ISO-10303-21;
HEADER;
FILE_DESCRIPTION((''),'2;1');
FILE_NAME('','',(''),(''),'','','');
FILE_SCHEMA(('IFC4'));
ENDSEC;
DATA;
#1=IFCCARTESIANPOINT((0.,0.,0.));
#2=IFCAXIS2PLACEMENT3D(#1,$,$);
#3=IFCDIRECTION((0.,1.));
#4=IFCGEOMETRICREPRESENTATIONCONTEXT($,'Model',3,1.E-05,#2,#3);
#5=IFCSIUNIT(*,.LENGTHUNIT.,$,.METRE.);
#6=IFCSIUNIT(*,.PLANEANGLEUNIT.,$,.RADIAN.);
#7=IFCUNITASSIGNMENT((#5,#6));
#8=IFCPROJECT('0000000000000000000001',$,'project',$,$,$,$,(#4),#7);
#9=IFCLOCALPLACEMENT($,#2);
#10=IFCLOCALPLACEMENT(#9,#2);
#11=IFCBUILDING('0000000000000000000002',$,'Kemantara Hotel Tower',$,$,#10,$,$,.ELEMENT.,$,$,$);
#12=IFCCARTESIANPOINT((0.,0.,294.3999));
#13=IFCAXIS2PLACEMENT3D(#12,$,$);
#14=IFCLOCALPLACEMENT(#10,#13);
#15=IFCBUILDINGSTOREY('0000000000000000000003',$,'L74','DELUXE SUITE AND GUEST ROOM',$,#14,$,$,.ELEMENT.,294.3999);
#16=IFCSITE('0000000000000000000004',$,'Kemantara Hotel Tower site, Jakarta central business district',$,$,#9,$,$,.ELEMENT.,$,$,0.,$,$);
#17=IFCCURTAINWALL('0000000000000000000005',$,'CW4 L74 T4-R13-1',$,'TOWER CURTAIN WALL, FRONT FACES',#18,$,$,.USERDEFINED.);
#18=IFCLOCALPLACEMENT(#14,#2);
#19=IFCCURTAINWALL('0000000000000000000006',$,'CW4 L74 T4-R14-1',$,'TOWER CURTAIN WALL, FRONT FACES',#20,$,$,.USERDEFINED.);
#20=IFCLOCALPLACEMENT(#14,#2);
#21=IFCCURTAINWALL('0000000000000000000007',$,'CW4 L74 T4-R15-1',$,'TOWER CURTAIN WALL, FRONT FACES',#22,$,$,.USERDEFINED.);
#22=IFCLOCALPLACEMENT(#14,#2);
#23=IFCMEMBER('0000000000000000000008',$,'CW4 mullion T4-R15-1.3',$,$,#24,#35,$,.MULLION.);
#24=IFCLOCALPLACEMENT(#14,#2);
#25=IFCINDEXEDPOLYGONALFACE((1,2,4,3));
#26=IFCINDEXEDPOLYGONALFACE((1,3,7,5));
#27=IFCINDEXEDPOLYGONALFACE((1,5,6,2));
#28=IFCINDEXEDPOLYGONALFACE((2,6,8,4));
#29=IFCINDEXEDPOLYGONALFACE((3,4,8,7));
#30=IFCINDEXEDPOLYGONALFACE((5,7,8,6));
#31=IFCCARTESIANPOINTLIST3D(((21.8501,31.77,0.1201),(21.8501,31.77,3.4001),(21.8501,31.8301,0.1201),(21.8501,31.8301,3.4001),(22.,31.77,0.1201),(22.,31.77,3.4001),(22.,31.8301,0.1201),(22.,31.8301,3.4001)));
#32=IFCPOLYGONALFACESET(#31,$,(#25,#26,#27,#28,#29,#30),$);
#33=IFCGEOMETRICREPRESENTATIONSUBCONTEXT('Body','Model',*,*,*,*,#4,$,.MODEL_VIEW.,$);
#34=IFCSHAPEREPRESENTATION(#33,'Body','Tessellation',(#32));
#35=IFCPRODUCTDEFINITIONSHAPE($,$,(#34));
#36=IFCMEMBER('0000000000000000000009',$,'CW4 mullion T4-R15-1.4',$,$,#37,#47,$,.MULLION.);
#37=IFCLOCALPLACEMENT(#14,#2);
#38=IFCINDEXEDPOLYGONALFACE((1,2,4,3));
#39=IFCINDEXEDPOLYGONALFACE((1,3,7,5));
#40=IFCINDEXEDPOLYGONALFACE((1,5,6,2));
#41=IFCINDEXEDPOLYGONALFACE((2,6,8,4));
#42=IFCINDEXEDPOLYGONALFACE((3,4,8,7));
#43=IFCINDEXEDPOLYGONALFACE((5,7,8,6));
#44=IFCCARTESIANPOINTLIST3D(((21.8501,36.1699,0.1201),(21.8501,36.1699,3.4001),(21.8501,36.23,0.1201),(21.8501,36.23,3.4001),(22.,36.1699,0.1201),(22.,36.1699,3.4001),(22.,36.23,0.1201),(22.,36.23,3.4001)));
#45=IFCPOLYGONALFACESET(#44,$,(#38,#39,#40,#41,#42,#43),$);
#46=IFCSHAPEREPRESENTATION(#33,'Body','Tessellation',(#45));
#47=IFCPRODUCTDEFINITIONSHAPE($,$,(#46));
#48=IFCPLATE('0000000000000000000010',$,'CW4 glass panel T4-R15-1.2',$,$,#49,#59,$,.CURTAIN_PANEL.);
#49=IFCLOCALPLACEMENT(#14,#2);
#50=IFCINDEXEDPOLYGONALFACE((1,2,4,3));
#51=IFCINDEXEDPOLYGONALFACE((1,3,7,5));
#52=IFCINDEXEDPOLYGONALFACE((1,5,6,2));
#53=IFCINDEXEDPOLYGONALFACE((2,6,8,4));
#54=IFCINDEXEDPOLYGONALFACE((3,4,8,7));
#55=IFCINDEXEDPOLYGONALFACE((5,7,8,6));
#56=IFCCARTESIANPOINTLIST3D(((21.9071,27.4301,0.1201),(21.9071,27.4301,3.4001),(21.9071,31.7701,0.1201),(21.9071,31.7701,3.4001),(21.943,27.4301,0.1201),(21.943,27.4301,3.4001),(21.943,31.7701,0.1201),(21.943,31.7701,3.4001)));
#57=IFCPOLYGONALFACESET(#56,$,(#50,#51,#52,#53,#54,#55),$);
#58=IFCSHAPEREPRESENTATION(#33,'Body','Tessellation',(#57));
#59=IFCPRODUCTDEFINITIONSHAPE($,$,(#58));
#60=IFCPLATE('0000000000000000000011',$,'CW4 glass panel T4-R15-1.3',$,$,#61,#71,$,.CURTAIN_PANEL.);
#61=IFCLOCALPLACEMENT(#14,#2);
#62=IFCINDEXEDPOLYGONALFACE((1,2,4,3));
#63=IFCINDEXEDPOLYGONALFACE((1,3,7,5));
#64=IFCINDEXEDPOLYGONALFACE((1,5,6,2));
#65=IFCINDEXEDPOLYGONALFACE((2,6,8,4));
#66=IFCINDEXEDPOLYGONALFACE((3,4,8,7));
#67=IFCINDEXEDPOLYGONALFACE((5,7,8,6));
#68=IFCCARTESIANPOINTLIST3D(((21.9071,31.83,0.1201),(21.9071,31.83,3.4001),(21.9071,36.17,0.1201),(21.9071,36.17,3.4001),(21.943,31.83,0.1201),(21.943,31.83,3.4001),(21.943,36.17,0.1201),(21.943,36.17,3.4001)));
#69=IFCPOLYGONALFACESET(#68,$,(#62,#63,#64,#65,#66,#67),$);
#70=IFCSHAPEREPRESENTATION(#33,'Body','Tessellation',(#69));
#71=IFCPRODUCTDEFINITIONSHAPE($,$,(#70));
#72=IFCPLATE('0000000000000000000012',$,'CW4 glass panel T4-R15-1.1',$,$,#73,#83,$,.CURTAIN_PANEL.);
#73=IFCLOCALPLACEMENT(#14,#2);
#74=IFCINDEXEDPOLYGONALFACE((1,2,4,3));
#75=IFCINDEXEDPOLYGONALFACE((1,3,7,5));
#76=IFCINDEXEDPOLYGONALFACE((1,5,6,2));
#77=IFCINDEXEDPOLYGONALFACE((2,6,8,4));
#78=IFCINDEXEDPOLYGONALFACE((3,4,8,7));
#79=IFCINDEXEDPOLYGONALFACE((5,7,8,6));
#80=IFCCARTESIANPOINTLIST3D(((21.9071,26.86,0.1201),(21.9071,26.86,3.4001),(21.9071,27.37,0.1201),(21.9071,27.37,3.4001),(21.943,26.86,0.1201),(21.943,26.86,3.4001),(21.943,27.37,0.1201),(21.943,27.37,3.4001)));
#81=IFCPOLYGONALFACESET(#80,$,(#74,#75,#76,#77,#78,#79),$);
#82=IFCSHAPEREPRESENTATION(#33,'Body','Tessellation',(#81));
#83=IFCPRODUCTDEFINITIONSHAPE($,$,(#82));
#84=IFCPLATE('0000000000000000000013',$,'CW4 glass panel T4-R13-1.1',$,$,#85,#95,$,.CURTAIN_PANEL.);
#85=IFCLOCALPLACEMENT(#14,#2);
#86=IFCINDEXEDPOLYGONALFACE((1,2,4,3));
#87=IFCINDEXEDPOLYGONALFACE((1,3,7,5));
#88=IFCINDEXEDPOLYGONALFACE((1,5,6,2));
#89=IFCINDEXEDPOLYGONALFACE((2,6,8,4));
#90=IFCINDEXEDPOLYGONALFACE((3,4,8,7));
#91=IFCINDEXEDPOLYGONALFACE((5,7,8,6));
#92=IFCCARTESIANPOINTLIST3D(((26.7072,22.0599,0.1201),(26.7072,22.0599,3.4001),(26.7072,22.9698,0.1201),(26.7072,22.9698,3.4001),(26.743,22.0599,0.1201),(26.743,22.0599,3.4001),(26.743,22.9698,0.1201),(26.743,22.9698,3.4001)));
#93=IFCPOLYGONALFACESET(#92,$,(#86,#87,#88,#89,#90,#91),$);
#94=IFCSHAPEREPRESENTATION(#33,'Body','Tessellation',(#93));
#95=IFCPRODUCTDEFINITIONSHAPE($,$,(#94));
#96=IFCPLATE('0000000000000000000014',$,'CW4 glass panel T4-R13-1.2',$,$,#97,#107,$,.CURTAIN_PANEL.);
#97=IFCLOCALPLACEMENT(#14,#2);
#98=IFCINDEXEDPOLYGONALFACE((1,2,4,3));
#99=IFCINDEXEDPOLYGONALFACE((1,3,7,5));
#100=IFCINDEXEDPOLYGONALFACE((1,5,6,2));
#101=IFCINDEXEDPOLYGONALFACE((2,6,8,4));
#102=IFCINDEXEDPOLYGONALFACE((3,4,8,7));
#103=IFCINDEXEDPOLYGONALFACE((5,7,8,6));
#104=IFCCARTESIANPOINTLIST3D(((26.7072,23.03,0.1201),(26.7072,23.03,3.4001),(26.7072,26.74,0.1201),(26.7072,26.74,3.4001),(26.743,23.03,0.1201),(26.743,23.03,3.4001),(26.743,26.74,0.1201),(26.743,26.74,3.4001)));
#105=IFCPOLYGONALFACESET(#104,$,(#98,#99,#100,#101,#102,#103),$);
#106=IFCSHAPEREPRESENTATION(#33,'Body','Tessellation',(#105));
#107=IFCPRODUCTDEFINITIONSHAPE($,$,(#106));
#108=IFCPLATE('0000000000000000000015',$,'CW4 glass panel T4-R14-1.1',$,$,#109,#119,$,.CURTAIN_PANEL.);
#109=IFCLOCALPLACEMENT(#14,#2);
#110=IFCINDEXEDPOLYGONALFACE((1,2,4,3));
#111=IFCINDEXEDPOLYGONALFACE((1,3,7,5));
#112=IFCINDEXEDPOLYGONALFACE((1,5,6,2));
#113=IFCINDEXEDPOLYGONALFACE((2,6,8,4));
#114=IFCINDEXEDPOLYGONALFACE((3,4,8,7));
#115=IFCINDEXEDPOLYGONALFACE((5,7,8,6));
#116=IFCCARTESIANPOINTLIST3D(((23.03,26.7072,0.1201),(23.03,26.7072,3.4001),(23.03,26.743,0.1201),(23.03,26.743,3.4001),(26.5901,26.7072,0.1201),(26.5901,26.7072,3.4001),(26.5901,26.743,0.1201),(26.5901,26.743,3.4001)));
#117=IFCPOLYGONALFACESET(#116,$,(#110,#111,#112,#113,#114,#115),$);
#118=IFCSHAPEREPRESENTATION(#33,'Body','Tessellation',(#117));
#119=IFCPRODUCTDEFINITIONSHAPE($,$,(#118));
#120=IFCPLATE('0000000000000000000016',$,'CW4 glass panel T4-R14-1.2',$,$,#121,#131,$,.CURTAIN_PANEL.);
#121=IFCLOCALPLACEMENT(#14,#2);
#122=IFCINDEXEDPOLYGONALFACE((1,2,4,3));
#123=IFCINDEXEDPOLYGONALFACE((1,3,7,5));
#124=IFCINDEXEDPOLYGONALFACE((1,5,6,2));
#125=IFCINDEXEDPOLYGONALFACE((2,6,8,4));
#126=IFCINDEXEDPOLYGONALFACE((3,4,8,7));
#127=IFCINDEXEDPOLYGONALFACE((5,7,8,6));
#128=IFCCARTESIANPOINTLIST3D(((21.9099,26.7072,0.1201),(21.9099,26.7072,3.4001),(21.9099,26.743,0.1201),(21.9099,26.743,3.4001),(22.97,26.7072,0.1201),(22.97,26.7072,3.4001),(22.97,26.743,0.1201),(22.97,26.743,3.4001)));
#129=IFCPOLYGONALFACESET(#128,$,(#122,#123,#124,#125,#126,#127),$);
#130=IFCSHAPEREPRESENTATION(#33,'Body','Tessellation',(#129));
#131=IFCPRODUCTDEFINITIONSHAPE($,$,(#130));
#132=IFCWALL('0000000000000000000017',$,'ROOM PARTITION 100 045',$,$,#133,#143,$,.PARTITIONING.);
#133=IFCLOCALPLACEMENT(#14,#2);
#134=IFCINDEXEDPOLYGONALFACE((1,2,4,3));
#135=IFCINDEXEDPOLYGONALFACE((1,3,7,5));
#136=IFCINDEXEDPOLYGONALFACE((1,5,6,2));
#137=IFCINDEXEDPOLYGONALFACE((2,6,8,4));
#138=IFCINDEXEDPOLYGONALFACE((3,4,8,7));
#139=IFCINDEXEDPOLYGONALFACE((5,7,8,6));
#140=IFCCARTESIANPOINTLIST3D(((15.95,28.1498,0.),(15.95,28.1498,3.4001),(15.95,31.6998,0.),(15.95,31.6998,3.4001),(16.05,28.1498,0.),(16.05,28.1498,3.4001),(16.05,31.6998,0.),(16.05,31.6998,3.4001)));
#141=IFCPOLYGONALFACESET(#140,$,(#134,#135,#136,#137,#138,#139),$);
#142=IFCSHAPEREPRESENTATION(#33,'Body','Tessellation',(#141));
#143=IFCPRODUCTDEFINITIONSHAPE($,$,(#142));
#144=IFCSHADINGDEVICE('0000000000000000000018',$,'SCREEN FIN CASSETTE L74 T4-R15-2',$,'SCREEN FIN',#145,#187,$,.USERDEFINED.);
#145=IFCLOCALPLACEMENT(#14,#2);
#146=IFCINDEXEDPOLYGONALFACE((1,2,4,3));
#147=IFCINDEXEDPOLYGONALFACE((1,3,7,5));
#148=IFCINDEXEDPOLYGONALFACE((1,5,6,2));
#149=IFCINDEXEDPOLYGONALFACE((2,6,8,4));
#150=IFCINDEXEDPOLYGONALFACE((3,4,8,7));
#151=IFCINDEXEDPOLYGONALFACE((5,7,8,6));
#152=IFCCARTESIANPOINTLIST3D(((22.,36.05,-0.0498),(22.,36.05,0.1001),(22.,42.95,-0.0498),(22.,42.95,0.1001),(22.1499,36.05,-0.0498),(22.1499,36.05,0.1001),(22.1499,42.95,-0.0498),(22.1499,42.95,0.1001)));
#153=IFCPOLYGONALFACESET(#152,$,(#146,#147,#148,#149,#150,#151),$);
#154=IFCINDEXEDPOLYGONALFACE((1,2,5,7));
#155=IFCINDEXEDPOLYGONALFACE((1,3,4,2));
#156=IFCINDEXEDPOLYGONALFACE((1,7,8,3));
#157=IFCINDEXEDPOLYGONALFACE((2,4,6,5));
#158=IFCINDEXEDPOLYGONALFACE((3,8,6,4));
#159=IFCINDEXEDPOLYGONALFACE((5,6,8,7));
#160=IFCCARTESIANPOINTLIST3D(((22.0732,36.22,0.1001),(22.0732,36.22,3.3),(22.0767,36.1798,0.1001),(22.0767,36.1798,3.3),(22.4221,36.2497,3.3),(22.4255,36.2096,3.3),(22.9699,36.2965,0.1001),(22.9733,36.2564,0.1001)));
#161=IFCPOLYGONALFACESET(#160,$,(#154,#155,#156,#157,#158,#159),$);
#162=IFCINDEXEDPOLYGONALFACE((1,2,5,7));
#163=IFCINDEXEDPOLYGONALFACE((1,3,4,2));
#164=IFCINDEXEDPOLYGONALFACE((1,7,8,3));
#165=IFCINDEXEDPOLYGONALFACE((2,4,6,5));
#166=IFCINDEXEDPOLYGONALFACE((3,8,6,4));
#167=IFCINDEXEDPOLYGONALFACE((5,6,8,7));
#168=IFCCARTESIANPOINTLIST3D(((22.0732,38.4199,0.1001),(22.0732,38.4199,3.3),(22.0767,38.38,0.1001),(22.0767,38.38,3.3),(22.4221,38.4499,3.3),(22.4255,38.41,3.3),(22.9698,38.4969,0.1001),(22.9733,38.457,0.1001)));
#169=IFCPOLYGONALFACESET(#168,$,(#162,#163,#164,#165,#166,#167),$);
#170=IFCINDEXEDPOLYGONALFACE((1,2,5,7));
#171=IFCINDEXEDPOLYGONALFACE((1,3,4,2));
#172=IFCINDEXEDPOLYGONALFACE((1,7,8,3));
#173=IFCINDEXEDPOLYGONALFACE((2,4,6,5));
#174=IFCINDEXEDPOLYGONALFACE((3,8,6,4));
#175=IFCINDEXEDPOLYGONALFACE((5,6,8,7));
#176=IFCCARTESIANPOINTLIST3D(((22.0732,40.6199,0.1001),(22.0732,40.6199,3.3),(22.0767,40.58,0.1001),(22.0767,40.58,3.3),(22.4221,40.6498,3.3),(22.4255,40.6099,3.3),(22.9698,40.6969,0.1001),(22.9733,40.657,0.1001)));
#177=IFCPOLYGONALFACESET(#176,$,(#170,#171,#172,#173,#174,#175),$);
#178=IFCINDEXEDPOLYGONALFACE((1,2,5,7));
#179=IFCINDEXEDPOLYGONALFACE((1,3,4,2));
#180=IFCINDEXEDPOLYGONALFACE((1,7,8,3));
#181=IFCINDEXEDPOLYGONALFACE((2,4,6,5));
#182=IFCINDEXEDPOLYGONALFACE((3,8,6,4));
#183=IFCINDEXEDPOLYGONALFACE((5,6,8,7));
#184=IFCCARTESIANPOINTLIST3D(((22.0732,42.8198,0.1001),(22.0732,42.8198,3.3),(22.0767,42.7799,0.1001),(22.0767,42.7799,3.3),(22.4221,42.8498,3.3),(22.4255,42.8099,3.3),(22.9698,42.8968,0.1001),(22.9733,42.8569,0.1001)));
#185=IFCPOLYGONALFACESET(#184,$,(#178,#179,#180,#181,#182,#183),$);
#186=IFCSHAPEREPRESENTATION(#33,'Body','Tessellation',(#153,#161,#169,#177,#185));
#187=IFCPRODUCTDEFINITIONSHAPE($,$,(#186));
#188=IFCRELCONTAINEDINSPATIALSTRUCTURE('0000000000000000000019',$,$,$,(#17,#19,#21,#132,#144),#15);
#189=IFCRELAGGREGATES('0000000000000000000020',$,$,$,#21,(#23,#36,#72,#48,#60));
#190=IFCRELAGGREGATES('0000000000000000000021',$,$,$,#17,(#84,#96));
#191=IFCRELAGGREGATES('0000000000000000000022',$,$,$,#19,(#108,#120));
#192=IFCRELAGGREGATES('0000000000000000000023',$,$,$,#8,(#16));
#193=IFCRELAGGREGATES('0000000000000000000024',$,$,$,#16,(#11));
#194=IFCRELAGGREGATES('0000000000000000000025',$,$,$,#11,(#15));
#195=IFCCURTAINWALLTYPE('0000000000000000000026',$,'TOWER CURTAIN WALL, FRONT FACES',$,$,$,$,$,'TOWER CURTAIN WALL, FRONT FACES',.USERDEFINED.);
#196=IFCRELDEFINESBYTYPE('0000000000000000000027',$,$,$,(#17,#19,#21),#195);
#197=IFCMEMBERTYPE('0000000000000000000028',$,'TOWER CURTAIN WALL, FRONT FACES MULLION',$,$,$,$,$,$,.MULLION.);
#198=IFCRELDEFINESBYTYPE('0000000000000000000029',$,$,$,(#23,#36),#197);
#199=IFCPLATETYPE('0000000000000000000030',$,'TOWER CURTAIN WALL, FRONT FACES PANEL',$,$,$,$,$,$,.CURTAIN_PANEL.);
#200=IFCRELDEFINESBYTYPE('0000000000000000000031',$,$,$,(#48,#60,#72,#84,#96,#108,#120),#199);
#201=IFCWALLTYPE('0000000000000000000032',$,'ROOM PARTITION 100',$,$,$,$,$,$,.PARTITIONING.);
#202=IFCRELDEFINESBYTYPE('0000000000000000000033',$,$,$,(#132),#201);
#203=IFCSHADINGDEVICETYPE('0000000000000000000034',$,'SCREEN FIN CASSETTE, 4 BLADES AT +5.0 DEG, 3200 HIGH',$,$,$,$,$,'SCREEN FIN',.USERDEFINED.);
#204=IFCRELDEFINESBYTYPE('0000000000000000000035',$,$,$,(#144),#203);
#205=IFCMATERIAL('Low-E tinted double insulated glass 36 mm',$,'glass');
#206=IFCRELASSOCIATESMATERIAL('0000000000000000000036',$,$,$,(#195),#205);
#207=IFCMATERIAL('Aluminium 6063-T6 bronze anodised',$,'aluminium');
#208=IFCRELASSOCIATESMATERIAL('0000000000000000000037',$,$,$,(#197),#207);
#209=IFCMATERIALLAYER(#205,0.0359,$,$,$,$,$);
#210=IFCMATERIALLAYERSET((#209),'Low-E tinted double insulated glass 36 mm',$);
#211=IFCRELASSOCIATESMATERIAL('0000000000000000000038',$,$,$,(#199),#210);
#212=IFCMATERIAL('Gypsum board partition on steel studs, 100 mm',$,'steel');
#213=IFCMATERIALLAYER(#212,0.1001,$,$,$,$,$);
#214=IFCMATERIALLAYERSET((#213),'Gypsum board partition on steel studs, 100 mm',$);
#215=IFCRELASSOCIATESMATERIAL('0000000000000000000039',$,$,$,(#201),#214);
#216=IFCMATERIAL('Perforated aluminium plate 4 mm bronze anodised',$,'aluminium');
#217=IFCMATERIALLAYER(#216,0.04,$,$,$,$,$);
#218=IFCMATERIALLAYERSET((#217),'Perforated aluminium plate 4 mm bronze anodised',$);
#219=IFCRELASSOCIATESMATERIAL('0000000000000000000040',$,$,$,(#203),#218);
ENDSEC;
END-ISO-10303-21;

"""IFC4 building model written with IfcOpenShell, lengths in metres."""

from ifc_helpers import new_model, si_unit, direction, frame, frame_2d, origin, origin_2d, place, context, subcontext, project, spatial, polyline, rectangle, outline, extrude, source, transform, mapped, material, layer, layer_set, material_profile, profile_set, type_object, element, aggregate, save


model = new_model("IFC4")

# Units and contexts
model_context = context("Model", 3, precision=1e-05, world=origin(), true_north=direction((0.0, 1.0)))
body_context = subcontext(model_context, "Body", "Model", "MODEL_VIEW")
ifc_project = project(units=[si_unit("LENGTHUNIT", "METRE"), si_unit("PLANEANGLEUNIT", "RADIAN")], contexts=[model_context])

# Site, building, storey
site_placement = place(None, origin())
site = spatial("IfcSite", under=ifc_project, at=site_placement, Name="Kemantara Hotel Tower site, Jakarta central business district", CompositionType="ELEMENT", RefElevation=0.0)
building_placement = place(site_placement, origin())
building = spatial("IfcBuilding", under=site, at=building_placement, Name="Kemantara Hotel Tower", CompositionType="ELEMENT")
storey_placement = place(building_placement, frame((0.0, 0.0, 294.3999)))
storey = spatial("IfcBuildingStorey", under=building, at=storey_placement, Name="L74", Description="DELUXE SUITE AND GUEST ROOM", CompositionType="ELEMENT", Elevation=294.3999)

# Curtain walls
ifc_material_1 = material(Name="Low-E tinted double insulated glass 36 mm", Category="glass")
curtain_wall_type = type_object("IfcCurtainWallType", Name="TOWER CURTAIN WALL, FRONT FACES", ElementType="TOWER CURTAIN WALL, FRONT FACES", PredefinedType="USERDEFINED", material=ifc_material_1)
curtain_wall_1_placement = place(storey_placement, origin())
curtain_wall_1 = element("IfcCurtainWall", 1, at=curtain_wall_1_placement, inside=storey, type_object=curtain_wall_type, Name="CW4 L74 T4-R13-1", ObjectType="TOWER CURTAIN WALL, FRONT FACES", PredefinedType="USERDEFINED")
ifc_material_2 = material(Name="Aluminium 6063-T6 bronze anodised", Category="aluminium")
curtain_wall_2_placement = place(storey_placement, origin())
curtain_wall_2 = element("IfcCurtainWall", 2, at=curtain_wall_2_placement, inside=storey, type_object=curtain_wall_type, Name="CW4 L74 T4-R14-1", ObjectType="TOWER CURTAIN WALL, FRONT FACES", PredefinedType="USERDEFINED")
curtain_wall_3_placement = place(storey_placement, origin())
curtain_wall_3 = element("IfcCurtainWall", 3, at=curtain_wall_3_placement, inside=storey, type_object=curtain_wall_type, Name="CW4 L74 T4-R15-1", ObjectType="TOWER CURTAIN WALL, FRONT FACES", PredefinedType="USERDEFINED")

# Members
ifc_material_profile_1 = material_profile(ifc_material_2, rectangle(XDim=0.1499, YDim=0.0601, at=origin_2d()), Name="TOWER CURTAIN WALL, FRONT FACES MULLION")
ifc_profile_set_1 = profile_set([ifc_material_profile_1], Name="Aluminium 6063-T6 bronze anodised")
member_type_1 = type_object("IfcMemberType", Name="TOWER CURTAIN WALL, FRONT FACES MULLION", PredefinedType="MULLION", material=ifc_profile_set_1)
shared_shape_1 = source(origin(), body_context, "Body", "SweptSolid", [
    extrude(rectangle(XDim=0.1499, YDim=0.0601, at=origin_2d()), origin(), (0.0, 0.0, 1.0), 3.28),
])
member_1_placement = place(storey_placement, frame((21.925, 31.8, 0.1201), z_axis=(0.0, 0.0, 1.0), x_axis=(-1.0, 0.0, 0.0)))
member_1 = element("IfcMember", 4, at=member_1_placement, type_object=member_type_1, Name="CW4 mullion T4-R15-1.3", PredefinedType="MULLION", context=body_context, shape_type="MappedRepresentation", body=[
    mapped(shared_shape_1, transform((0.0, 0.0, 0.0))),
])
member_2_placement = place(storey_placement, frame((21.925, 36.2, 0.1201), z_axis=(0.0, 0.0, 1.0), x_axis=(-1.0, 0.0, 0.0)))
member_2 = element("IfcMember", 5, at=member_2_placement, type_object=member_type_1, Name="CW4 mullion T4-R15-1.4", PredefinedType="MULLION", context=body_context, shape_type="MappedRepresentation", body=[
    mapped(shared_shape_1, transform((0.0, 0.0, 0.0))),
])

# Plates
ifc_layer_1 = layer(ifc_material_1, 0.0359)
ifc_layer_set_1 = layer_set([ifc_layer_1], Name="Low-E tinted double insulated glass 36 mm")
plate_type = type_object("IfcPlateType", Name="TOWER CURTAIN WALL, FRONT FACES PANEL", PredefinedType="CURTAIN_PANEL", material=ifc_layer_set_1)
shared_shape_2 = source(origin(), body_context, "Body", "SweptSolid", [
    extrude(rectangle(XDim=4.3401, YDim=0.0359, at=origin_2d()), origin(), (0.0, 0.0, 1.0), 3.28),
])
plate_1_placement = place(storey_placement, frame((21.925, 29.6001, 0.1201), z_axis=(0.0, 0.0, 1.0), x_axis=(0.0, 1.0, 0.0)))
plate_1 = element("IfcPlate", 6, at=plate_1_placement, type_object=plate_type, Name="CW4 glass panel T4-R15-1.2", PredefinedType="CURTAIN_PANEL", context=body_context, shape_type="MappedRepresentation", body=[
    mapped(shared_shape_2, transform((0.0, 0.0, 0.0))),
])
plate_2_placement = place(storey_placement, frame((21.925, 34.0, 0.1201), z_axis=(0.0, 0.0, 1.0), x_axis=(0.0, 1.0, 0.0)))
plate_2 = element("IfcPlate", 7, at=plate_2_placement, type_object=plate_type, Name="CW4 glass panel T4-R15-1.3", PredefinedType="CURTAIN_PANEL", context=body_context, shape_type="MappedRepresentation", body=[
    mapped(shared_shape_2, transform((0.0, 0.0, 0.0))),
])
shared_shape_3 = source(origin(), body_context, "Body", "SweptSolid", [
    extrude(rectangle(XDim=0.51, YDim=0.0359, at=origin_2d()), origin(), (0.0, 0.0, 1.0), 3.28),
])
plate_3_placement = place(storey_placement, frame((21.925, 27.115, 0.1201), z_axis=(0.0, 0.0, 1.0), x_axis=(0.0, 1.0, 0.0)))
plate_3 = element("IfcPlate", 8, at=plate_3_placement, type_object=plate_type, Name="CW4 glass panel T4-R15-1.1", PredefinedType="CURTAIN_PANEL", context=body_context, shape_type="MappedRepresentation", body=[
    mapped(shared_shape_3, transform((0.0, 0.0, 0.0))),
])
aggregate(curtain_wall_3, [member_1, member_2, plate_3, plate_1, plate_2])
shared_shape_4 = source(origin(), body_context, "Body", "SweptSolid", [
    extrude(rectangle(XDim=0.9099, YDim=0.0359, at=origin_2d()), origin(), (0.0, 0.0, 1.0), 3.28),
])
plate_4_placement = place(storey_placement, frame((26.7251, 22.5149, 0.1201), z_axis=(0.0, 0.0, 1.0), x_axis=(0.0, 1.0, 0.0)))
plate_4 = element("IfcPlate", 9, at=plate_4_placement, type_object=plate_type, Name="CW4 glass panel T4-R13-1.1", PredefinedType="CURTAIN_PANEL", context=body_context, shape_type="MappedRepresentation", body=[
    mapped(shared_shape_4, transform((0.0, 0.0, 0.0))),
])
shared_shape_5 = source(origin(), body_context, "Body", "SweptSolid", [
    extrude(rectangle(XDim=3.71, YDim=0.0359, at=origin_2d()), origin(), (0.0, 0.0, 1.0), 3.28),
])
plate_5_placement = place(storey_placement, frame((26.7251, 24.885, 0.1201), z_axis=(0.0, 0.0, 1.0), x_axis=(0.0, 1.0, 0.0)))
plate_5 = element("IfcPlate", 10, at=plate_5_placement, type_object=plate_type, Name="CW4 glass panel T4-R13-1.2", PredefinedType="CURTAIN_PANEL", context=body_context, shape_type="MappedRepresentation", body=[
    mapped(shared_shape_5, transform((0.0, 0.0, 0.0))),
])
aggregate(curtain_wall_1, [plate_4, plate_5])
shared_shape_6 = source(origin(), body_context, "Body", "SweptSolid", [
    extrude(rectangle(XDim=3.5601, YDim=0.0359, at=origin_2d()), origin(), (0.0, 0.0, 1.0), 3.28),
])
plate_6_placement = place(storey_placement, frame((24.8101, 26.7251, 0.1201), z_axis=(0.0, 0.0, 1.0), x_axis=(-1.0, 0.0, 0.0)))
plate_6 = element("IfcPlate", 11, at=plate_6_placement, type_object=plate_type, Name="CW4 glass panel T4-R14-1.1", PredefinedType="CURTAIN_PANEL", context=body_context, shape_type="MappedRepresentation", body=[
    mapped(shared_shape_6, transform((0.0, 0.0, 0.0))),
])
shared_shape_7 = source(origin(), body_context, "Body", "SweptSolid", [
    extrude(rectangle(XDim=1.0601, YDim=0.0359, at=origin_2d()), origin(), (0.0, 0.0, 1.0), 3.28),
])
plate_7_placement = place(storey_placement, frame((22.4399, 26.7251, 0.1201), z_axis=(0.0, 0.0, 1.0), x_axis=(-1.0, 0.0, 0.0)))
plate_7 = element("IfcPlate", 12, at=plate_7_placement, type_object=plate_type, Name="CW4 glass panel T4-R14-1.2", PredefinedType="CURTAIN_PANEL", context=body_context, shape_type="MappedRepresentation", body=[
    mapped(shared_shape_7, transform((0.0, 0.0, 0.0))),
])
aggregate(curtain_wall_2, [plate_6, plate_7])

# Wall
ifc_material_3 = material(Name="Gypsum board partition on steel studs, 100 mm", Category="steel")
ifc_layer_2 = layer(ifc_material_3, 0.1001)
ifc_layer_set_2 = layer_set([ifc_layer_2], Name="Gypsum board partition on steel studs, 100 mm")
wall_type = type_object("IfcWallType", Name="ROOM PARTITION 100", PredefinedType="PARTITIONING", material=ifc_layer_set_2)
wall_placement = place(storey_placement, frame((16.0, 28.1499, 0.0), z_axis=(0.0, 0.0, 1.0), x_axis=(0.0, 1.0, 0.0)))
element("IfcWall", 13, at=wall_placement, inside=storey, type_object=wall_type, Name="ROOM PARTITION 100 045", PredefinedType="PARTITIONING", context=body_context, shape_type="SweptSolid", body=[
    extrude(rectangle(XDim=3.55, YDim=0.1001, at=frame_2d((1.7749, 0.0))), origin(), (0.0, 0.0, 1.0), 3.4001),
])

# Shading device
ifc_material_4 = material(Name="Perforated aluminium plate 4 mm bronze anodised", Category="aluminium")
ifc_layer_3 = layer(ifc_material_4, 0.04)
ifc_layer_set_3 = layer_set([ifc_layer_3], Name="Perforated aluminium plate 4 mm bronze anodised")
shading_device_type_1 = type_object("IfcShadingDeviceType", Name="SCREEN FIN CASSETTE, 4 BLADES AT +5.0 DEG, 3200 HIGH", ElementType="SCREEN FIN", PredefinedType="USERDEFINED", material=ifc_layer_set_3)
shared_shape_8 = source(origin(), body_context, "Body", "SweptSolid", [
    extrude(rectangle(XDim=6.8999, YDim=0.1499, at=origin_2d()), frame((3.3, -0.075, -0.1499), z_axis=(0.0, 0.0, 1.0), x_axis=(1.0, 0.0, 0.0)), (0.0, 0.0, 1.0), 0.1499),
    extrude(outline(polyline([(0.0, 0.0), (0.8999, 0.0), (0.3501, 3.2), (0.0, 3.2), (0.0, 0.0)])), frame((0.02, -0.0732, 0.0), z_axis=(-0.996376, -0.085056, 0.0), x_axis=(0.085056, -0.996376, 0.0)), (0.0, 0.0, 1.0), 0.0403),
    extrude(outline(polyline([(0.0, 0.0), (0.8999, 0.0), (0.3501, 3.2), (0.0, 3.2), (0.0, 0.0)])), frame((2.22, -0.0732, 0.0), z_axis=(-0.996332, -0.085575, 0.0), x_axis=(0.085575, -0.996332, 0.0)), (0.0, 0.0, 1.0), 0.04),
    extrude(outline(polyline([(0.0, 0.0), (0.8999, 0.0), (0.3501, 3.2), (0.0, 3.2), (0.0, 0.0)])), frame((4.4199, -0.0732, 0.0), z_axis=(-0.996332, -0.085575, 0.0), x_axis=(0.085575, -0.996332, 0.0)), (0.0, 0.0, 1.0), 0.04),
    extrude(outline(polyline([(0.0, 0.0), (0.8999, 0.0), (0.3501, 3.2), (0.0, 3.2), (0.0, 0.0)])), frame((6.6199, -0.0732, 0.0), z_axis=(-0.996332, -0.085575, 0.0), x_axis=(0.085575, -0.996332, 0.0)), (0.0, 0.0, 1.0), 0.04),
])
shading_device_1_placement = place(storey_placement, frame((22.0, 36.2, 0.1001), z_axis=(0.0, 0.0, 1.0), x_axis=(0.0, 1.0, 0.0)))
element("IfcShadingDevice", 14, at=shading_device_1_placement, inside=storey, type_object=shading_device_type_1, Name="SCREEN FIN CASSETTE L74 T4-R15-2", ObjectType="SCREEN FIN", PredefinedType="USERDEFINED", context=body_context, shape_type="MappedRepresentation", body=[
    mapped(shared_shape_8, transform((0.0, 0.0, 0.0))),
])

save(model, "model.ifc")
